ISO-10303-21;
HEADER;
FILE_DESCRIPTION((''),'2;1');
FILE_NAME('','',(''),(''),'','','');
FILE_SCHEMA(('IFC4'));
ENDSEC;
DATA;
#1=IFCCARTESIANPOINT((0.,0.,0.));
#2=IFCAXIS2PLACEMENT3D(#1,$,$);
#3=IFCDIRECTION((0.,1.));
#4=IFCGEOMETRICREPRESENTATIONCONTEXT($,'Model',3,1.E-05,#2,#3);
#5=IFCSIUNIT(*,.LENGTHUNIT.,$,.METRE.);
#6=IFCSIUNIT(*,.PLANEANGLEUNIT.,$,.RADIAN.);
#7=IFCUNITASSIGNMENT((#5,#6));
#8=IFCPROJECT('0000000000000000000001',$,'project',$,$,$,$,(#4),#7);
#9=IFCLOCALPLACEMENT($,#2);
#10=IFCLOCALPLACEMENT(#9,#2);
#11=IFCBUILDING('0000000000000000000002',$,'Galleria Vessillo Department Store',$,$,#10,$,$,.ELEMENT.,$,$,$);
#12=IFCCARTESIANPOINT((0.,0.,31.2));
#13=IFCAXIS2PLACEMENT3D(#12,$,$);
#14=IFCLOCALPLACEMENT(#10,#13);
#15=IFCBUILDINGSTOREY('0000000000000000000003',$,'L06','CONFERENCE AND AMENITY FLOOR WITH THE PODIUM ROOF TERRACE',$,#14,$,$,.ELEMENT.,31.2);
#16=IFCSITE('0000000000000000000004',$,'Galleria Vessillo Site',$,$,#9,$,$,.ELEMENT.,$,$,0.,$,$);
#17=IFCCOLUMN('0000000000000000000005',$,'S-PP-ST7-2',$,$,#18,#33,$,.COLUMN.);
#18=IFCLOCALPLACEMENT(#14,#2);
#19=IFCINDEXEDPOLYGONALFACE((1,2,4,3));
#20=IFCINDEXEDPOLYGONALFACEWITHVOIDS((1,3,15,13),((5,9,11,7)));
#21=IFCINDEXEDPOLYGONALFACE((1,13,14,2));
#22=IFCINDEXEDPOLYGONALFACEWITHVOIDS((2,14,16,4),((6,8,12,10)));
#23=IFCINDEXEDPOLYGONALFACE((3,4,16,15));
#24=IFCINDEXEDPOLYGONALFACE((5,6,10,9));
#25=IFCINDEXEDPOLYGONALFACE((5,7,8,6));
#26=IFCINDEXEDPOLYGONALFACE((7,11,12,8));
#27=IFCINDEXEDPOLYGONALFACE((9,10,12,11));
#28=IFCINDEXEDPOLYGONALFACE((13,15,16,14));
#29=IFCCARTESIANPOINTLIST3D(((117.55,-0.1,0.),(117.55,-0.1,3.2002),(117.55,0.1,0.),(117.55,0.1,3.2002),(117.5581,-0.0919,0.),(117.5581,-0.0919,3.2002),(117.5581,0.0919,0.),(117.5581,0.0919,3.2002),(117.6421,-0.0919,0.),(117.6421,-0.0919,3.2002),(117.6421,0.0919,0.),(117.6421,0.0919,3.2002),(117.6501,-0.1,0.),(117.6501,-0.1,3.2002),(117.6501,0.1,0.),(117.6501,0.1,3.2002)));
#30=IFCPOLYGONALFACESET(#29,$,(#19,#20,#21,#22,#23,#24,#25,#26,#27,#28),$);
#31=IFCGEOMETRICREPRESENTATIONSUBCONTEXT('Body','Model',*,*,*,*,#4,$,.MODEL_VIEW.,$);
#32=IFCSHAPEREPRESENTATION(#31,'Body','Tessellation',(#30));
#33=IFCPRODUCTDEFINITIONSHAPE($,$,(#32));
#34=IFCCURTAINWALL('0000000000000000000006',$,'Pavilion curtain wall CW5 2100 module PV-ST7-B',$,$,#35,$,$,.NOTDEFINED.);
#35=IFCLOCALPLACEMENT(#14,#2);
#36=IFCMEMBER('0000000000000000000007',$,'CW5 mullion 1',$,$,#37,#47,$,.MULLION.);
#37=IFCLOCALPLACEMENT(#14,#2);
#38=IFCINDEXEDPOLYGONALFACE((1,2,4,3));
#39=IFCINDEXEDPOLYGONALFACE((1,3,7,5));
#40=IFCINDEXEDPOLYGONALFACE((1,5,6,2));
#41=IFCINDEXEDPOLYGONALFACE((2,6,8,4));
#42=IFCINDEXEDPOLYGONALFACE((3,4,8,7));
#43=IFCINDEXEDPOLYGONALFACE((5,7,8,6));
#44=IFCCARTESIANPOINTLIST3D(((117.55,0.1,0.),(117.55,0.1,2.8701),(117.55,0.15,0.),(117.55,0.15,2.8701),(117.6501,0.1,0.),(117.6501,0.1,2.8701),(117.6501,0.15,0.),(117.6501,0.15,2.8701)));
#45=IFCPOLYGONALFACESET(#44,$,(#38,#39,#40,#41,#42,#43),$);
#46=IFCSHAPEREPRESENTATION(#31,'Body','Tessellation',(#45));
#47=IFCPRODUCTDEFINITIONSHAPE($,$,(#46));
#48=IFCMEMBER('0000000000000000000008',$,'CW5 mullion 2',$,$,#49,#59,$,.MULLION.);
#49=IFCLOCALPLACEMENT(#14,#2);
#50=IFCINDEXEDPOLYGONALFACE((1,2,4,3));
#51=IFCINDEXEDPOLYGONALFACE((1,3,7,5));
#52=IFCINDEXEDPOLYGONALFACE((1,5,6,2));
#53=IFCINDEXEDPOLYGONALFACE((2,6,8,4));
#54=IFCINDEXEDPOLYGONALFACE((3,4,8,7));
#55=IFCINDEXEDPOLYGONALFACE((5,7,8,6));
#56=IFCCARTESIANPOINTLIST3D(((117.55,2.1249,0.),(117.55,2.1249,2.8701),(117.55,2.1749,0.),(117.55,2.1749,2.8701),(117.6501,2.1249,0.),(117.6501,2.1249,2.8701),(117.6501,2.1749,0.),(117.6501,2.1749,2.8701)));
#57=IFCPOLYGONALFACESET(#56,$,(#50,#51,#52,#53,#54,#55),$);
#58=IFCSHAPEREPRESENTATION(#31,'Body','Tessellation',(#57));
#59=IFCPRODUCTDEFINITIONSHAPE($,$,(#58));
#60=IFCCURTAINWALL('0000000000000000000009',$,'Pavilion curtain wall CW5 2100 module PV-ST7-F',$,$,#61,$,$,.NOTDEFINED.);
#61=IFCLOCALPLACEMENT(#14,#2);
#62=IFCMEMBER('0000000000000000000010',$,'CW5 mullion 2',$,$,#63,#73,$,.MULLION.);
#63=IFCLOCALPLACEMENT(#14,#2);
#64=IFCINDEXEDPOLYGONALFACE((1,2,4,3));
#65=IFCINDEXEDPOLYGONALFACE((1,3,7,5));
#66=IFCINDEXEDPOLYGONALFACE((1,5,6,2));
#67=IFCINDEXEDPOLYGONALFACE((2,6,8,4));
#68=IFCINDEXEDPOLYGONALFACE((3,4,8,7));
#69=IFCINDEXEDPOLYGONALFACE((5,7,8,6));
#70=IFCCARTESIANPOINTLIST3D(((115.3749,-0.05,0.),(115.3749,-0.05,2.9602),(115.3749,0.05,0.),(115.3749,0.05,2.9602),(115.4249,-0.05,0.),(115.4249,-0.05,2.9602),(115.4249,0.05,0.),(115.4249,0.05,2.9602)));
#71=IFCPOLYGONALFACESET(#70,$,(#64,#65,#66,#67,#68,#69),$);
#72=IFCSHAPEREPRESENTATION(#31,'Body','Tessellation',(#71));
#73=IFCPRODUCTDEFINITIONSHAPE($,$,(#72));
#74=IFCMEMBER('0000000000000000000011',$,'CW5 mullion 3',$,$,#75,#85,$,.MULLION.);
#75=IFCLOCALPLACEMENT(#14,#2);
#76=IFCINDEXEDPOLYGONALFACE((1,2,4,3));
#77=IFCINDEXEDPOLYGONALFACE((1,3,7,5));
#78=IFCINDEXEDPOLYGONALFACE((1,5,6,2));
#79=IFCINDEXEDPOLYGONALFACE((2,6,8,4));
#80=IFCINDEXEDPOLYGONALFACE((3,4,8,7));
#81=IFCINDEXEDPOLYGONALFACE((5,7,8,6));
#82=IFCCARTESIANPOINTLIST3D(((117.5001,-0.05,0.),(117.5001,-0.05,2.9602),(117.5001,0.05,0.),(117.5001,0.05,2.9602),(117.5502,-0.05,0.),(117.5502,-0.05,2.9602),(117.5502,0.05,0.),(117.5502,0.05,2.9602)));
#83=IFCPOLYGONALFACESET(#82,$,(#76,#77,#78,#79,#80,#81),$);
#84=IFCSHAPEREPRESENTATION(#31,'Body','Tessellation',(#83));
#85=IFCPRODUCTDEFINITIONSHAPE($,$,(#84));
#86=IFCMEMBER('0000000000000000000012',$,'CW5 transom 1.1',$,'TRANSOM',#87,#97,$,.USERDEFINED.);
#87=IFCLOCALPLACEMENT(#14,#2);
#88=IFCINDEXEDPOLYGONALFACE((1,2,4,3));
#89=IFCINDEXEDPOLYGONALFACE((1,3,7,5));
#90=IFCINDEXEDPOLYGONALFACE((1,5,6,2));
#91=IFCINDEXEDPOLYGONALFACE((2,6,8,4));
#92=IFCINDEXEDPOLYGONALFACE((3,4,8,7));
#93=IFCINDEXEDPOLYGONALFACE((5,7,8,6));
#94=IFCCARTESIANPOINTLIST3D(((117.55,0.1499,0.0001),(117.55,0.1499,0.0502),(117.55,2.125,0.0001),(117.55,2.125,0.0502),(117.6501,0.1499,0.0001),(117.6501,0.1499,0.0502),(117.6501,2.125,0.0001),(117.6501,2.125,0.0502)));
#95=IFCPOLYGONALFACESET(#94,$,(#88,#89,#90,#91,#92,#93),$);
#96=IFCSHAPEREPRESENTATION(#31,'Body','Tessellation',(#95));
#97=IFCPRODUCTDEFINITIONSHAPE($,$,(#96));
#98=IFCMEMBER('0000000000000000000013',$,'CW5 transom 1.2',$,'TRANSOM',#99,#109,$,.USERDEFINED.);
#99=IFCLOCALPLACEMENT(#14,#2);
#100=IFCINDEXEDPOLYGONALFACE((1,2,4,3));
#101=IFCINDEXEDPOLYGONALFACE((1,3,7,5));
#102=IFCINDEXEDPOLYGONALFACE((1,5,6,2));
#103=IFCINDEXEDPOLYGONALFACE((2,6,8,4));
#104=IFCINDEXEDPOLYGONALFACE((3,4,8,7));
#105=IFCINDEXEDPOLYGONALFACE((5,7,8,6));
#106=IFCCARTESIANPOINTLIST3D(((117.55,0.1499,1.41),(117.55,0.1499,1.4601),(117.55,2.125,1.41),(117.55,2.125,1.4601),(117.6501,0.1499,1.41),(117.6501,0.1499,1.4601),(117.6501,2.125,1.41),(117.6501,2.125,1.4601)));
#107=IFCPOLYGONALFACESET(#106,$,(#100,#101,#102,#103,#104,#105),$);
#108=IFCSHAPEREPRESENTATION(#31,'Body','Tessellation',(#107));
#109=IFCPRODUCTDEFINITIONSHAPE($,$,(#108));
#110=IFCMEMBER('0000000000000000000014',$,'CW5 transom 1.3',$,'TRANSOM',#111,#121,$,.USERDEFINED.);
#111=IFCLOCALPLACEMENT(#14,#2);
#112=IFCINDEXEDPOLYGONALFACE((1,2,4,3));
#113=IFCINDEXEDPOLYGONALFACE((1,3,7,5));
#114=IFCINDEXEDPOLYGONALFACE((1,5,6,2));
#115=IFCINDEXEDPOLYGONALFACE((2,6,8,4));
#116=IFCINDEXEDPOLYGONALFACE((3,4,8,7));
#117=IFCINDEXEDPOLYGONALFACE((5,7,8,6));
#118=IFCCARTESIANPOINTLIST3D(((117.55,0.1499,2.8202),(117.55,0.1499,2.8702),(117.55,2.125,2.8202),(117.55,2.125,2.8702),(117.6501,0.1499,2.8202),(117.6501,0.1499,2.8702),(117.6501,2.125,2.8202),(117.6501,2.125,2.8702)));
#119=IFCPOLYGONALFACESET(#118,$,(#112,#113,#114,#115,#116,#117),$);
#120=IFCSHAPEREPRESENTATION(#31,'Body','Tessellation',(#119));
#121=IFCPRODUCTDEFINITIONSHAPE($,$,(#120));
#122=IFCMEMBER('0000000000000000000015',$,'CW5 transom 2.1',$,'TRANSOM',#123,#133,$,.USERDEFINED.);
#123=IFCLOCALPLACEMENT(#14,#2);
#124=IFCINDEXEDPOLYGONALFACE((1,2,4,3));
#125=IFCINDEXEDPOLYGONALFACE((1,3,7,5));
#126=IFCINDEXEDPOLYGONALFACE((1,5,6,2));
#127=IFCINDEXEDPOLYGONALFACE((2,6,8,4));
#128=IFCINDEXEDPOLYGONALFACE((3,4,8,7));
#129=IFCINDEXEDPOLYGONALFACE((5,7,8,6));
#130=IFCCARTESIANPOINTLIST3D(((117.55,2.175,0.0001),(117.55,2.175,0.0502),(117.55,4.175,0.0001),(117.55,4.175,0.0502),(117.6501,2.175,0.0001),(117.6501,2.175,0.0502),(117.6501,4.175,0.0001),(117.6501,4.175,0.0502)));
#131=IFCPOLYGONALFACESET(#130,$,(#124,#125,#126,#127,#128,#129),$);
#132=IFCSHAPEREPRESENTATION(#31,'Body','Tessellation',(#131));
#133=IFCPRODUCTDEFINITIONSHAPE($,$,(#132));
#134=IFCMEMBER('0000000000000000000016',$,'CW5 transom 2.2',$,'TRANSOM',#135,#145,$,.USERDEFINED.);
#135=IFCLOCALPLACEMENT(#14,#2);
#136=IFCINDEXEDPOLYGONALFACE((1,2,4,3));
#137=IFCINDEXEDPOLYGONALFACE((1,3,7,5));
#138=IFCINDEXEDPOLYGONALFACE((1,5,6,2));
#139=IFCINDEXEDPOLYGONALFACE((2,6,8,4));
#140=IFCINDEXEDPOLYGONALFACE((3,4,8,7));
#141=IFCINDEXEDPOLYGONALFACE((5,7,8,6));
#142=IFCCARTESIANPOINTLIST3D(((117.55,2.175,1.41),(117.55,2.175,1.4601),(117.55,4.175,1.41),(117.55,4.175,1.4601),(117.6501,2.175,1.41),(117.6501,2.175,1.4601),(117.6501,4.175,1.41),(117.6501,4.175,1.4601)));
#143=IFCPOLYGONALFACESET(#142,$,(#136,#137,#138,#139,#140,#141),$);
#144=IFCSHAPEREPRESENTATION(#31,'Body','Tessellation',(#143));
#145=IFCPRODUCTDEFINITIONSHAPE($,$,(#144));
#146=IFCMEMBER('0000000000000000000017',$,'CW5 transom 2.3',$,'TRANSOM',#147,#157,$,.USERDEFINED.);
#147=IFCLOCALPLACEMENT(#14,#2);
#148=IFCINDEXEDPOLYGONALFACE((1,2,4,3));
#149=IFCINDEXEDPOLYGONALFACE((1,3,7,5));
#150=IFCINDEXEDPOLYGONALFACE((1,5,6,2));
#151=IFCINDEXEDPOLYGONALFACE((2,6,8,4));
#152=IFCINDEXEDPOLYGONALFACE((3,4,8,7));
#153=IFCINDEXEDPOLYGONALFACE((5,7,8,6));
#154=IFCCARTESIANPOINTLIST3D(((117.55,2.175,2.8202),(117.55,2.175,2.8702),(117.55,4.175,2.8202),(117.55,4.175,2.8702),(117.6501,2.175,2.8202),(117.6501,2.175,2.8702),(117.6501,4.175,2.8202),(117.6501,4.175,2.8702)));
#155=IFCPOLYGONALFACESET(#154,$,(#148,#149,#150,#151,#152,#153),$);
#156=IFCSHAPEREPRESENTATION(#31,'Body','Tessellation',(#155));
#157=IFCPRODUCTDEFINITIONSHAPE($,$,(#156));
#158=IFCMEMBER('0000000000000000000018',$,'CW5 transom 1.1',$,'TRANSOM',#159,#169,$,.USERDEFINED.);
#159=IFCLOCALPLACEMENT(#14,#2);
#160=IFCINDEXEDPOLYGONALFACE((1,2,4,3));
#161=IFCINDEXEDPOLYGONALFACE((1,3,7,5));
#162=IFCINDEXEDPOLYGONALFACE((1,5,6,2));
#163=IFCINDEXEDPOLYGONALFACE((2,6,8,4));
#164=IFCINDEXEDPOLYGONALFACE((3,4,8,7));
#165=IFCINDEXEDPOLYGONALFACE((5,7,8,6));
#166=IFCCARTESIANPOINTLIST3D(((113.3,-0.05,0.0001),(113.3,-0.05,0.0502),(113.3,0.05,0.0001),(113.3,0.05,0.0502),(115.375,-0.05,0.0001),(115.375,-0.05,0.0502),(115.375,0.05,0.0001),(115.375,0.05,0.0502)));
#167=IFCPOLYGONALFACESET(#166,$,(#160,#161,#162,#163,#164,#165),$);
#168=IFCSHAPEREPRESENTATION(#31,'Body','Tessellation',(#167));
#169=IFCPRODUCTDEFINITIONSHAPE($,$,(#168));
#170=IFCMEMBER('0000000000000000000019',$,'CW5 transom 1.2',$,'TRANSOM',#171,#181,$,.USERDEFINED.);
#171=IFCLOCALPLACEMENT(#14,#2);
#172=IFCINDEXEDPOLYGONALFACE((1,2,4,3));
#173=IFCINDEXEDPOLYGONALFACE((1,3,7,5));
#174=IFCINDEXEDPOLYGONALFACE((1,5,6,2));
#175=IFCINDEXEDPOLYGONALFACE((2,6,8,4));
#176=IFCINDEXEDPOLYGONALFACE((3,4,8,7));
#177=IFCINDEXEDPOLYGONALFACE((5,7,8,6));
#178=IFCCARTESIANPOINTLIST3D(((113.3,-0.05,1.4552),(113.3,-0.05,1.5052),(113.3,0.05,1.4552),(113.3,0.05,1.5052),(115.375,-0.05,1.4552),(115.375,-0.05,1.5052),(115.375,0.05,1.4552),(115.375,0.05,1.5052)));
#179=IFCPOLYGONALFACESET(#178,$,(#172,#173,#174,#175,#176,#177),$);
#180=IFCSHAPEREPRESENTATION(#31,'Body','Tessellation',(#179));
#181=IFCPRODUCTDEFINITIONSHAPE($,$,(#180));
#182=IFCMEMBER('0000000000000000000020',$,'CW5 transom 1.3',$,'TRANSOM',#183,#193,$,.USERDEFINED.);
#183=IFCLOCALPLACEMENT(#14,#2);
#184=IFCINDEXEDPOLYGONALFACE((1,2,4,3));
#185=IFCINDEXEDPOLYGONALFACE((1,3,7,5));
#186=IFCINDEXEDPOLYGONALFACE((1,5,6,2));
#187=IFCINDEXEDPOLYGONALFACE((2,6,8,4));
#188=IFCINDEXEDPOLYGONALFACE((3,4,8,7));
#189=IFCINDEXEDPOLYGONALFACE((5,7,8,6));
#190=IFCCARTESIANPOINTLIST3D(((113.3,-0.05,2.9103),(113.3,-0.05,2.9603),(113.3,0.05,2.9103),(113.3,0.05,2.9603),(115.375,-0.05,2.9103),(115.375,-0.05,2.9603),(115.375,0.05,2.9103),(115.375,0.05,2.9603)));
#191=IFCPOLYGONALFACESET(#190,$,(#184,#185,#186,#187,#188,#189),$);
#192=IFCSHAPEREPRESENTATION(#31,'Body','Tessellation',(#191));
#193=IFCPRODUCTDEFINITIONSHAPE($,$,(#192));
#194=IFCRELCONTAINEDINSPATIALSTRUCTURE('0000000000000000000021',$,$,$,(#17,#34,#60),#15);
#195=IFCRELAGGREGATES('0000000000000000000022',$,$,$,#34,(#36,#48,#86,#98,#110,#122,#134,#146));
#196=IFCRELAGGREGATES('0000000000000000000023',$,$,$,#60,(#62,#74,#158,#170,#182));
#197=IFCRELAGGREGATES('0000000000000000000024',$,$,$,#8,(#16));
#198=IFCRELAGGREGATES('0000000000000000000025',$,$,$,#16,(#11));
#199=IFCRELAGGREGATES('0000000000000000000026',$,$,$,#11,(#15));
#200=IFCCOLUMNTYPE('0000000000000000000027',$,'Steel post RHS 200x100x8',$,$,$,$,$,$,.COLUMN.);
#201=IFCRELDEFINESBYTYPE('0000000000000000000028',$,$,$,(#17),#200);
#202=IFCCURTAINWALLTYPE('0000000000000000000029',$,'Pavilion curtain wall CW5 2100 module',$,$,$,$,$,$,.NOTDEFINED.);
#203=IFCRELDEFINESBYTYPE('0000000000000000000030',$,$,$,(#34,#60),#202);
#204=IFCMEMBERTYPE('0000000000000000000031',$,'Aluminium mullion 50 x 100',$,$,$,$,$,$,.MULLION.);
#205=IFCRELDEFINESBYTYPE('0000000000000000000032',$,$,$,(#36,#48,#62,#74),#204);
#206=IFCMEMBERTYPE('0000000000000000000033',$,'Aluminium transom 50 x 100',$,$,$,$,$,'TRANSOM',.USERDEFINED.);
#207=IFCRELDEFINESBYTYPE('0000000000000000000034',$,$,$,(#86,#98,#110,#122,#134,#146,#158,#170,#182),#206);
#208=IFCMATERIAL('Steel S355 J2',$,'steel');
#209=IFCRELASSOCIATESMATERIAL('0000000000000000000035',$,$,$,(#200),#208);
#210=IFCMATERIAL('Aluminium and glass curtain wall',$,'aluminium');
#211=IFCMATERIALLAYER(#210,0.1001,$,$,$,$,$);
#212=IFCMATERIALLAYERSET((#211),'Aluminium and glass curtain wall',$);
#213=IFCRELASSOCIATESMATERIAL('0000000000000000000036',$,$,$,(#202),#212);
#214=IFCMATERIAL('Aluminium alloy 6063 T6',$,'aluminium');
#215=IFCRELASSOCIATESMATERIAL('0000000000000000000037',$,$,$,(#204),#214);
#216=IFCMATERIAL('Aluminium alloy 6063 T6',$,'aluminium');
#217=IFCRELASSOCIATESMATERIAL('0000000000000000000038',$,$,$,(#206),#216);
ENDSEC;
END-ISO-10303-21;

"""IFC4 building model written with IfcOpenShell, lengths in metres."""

from ifc_helpers import new_model, si_unit, direction, frame, origin, origin_2d, place, context, subcontext, project, spatial, rectangle, hollow_rectangle, extrude, material, layer, layer_set, material_profile, profile_set, type_object, element, aggregate, save


model = new_model("IFC4")

# Units and contexts
model_context = context("Model", 3, precision=1e-05, world=origin(), true_north=direction((0.0, 1.0)))
body_context = subcontext(model_context, "Body", "Model", "MODEL_VIEW")
ifc_project = project(units=[si_unit("LENGTHUNIT", "METRE"), si_unit("PLANEANGLEUNIT", "RADIAN")], contexts=[model_context])

# Site, building, storey
site_placement = place(None, origin())
site = spatial("IfcSite", under=ifc_project, at=site_placement, Name="Galleria Vessillo Site", CompositionType="ELEMENT", RefElevation=0.0)
building_placement = place(site_placement, origin())
building = spatial("IfcBuilding", under=site, at=building_placement, Name="Galleria Vessillo Department Store", CompositionType="ELEMENT")
storey_placement = place(building_placement, frame((0.0, 0.0, 31.2)))
storey = spatial("IfcBuildingStorey", under=building, at=storey_placement, Name="L06", Description="CONFERENCE AND AMENITY FLOOR WITH THE PODIUM ROOF TERRACE", CompositionType="ELEMENT", Elevation=31.2)

# Column
ifc_material_1 = material(Name="Steel S355 J2", Category="steel")
ifc_material_profile_1 = material_profile(ifc_material_1, hollow_rectangle(XDim=0.1001, YDim=0.2, WallThickness=0.0081, at=origin_2d()), Name="RHS 200x100x8")
ifc_profile_set_1 = profile_set([ifc_material_profile_1], Name="Steel S355 J2")
column_type = type_object("IfcColumnType", Name="Steel post RHS 200x100x8", PredefinedType="COLUMN", material=ifc_profile_set_1)
column_placement = place(storey_placement, frame((117.6001, 0.0, 0.0), z_axis=(0.0, 0.0, 1.0), x_axis=(1.0, 0.0, 0.0)))
element("IfcColumn", 1, at=column_placement, inside=storey, type_object=column_type, Name="S-PP-ST7-2", PredefinedType="COLUMN", context=body_context, shape_type="SweptSolid", body=[
    extrude(hollow_rectangle(XDim=0.1001, YDim=0.2, WallThickness=0.0081, at=origin_2d()), origin(), (0.0, 0.0, 1.0), 3.2002),
])

# Curtain walls, members
ifc_material_2 = material(Name="Aluminium and glass curtain wall", Category="aluminium")
ifc_layer_1 = layer(ifc_material_2, 0.1001)
ifc_layer_set_1 = layer_set([ifc_layer_1], Name="Aluminium and glass curtain wall")
curtain_wall_type = type_object("IfcCurtainWallType", Name="Pavilion curtain wall CW5 2100 module", PredefinedType="NOTDEFINED", material=ifc_layer_set_1)
curtain_wall_1_placement = place(storey_placement, origin())
curtain_wall_1 = element("IfcCurtainWall", 2, at=curtain_wall_1_placement, inside=storey, type_object=curtain_wall_type, Name="Pavilion curtain wall CW5 2100 module PV-ST7-B", PredefinedType="NOTDEFINED")
ifc_material_3 = material(Name="Aluminium alloy 6063 T6", Category="aluminium")
ifc_material_profile_2 = material_profile(ifc_material_3, rectangle(XDim=0.1001, YDim=0.05, at=origin_2d()), Name="AL 50x100")
ifc_profile_set_2 = profile_set([ifc_material_profile_2], Name="Aluminium alloy 6063 T6")
member_type_1 = type_object("IfcMemberType", Name="Aluminium mullion 50 x 100", PredefinedType="MULLION", material=ifc_profile_set_2)
member_1_placement = place(storey_placement, frame((117.6001, 0.125, 0.0), z_axis=(0.0, 0.0, 1.0), x_axis=(-1.0, 0.0, 0.0)))
member_1 = element("IfcMember", 3, at=member_1_placement, type_object=member_type_1, Name="CW5 mullion 1", PredefinedType="MULLION", context=body_context, shape_type="SweptSolid", body=[
    extrude(rectangle(XDim=0.1001, YDim=0.05, at=origin_2d()), origin(), (0.0, 0.0, 1.0), 2.8701),
])
member_2_placement = place(storey_placement, frame((117.6001, 2.1499, 0.0), z_axis=(0.0, 0.0, 1.0), x_axis=(-1.0, 0.0, 0.0)))
member_2 = element("IfcMember", 4, at=member_2_placement, type_object=member_type_1, Name="CW5 mullion 2", PredefinedType="MULLION", context=body_context, shape_type="SweptSolid", body=[
    extrude(rectangle(XDim=0.1001, YDim=0.05, at=origin_2d()), origin(), (0.0, 0.0, 1.0), 2.8701),
])
curtain_wall_2_placement = place(storey_placement, origin())
curtain_wall_2 = element("IfcCurtainWall", 5, at=curtain_wall_2_placement, inside=storey, type_object=curtain_wall_type, Name="Pavilion curtain wall CW5 2100 module PV-ST7-F", PredefinedType="NOTDEFINED")
member_3_placement = place(storey_placement, frame((115.3999, 0.0, 0.0), z_axis=(0.0, 0.0, 1.0), x_axis=(0.0, 1.0, 0.0)))
member_3 = element("IfcMember", 6, at=member_3_placement, type_object=member_type_1, Name="CW5 mullion 2", PredefinedType="MULLION", context=body_context, shape_type="SweptSolid", body=[
    extrude(rectangle(XDim=0.1001, YDim=0.05, at=origin_2d()), origin(), (0.0, 0.0, 1.0), 2.9602),
])
member_4_placement = place(storey_placement, frame((117.5251, 0.0, 0.0), z_axis=(0.0, 0.0, 1.0), x_axis=(0.0, 1.0, 0.0)))
member_4 = element("IfcMember", 7, at=member_4_placement, type_object=member_type_1, Name="CW5 mullion 3", PredefinedType="MULLION", context=body_context, shape_type="SweptSolid", body=[
    extrude(rectangle(XDim=0.1001, YDim=0.05, at=origin_2d()), origin(), (0.0, 0.0, 1.0), 2.9602),
])

# Members
ifc_material_4 = material(Name="Aluminium alloy 6063 T6", Category="aluminium")
ifc_material_profile_3 = material_profile(ifc_material_4, rectangle(XDim=0.1001, YDim=0.05, at=origin_2d()), Name="AL 50x100")
ifc_profile_set_3 = profile_set([ifc_material_profile_3], Name="Aluminium alloy 6063 T6")
member_type_2 = type_object("IfcMemberType", Name="Aluminium transom 50 x 100", ElementType="TRANSOM", PredefinedType="USERDEFINED", material=ifc_profile_set_3)
member_5_placement = place(storey_placement, frame((117.6001, 0.1499, 0.0251), z_axis=(0.0, 1.0, 0.0), x_axis=(-1.0, 0.0, 0.0)))
member_5 = element("IfcMember", 8, at=member_5_placement, type_object=member_type_2, Name="CW5 transom 1.1", ObjectType="TRANSOM", PredefinedType="USERDEFINED", context=body_context, shape_type="SweptSolid", body=[
    extrude(rectangle(XDim=0.1001, YDim=0.05, at=origin_2d()), origin(), (0.0, 0.0, 1.0), 1.9751),
])
member_6_placement = place(storey_placement, frame((117.6001, 0.1499, 1.4351), z_axis=(0.0, 1.0, 0.0), x_axis=(-1.0, 0.0, 0.0)))
member_6 = element("IfcMember", 9, at=member_6_placement, type_object=member_type_2, Name="CW5 transom 1.2", ObjectType="TRANSOM", PredefinedType="USERDEFINED", context=body_context, shape_type="SweptSolid", body=[
    extrude(rectangle(XDim=0.1001, YDim=0.05, at=origin_2d()), origin(), (0.0, 0.0, 1.0), 1.9751),
])
member_7_placement = place(storey_placement, frame((117.6001, 0.1499, 2.8452), z_axis=(0.0, 1.0, 0.0), x_axis=(-1.0, 0.0, 0.0)))
member_7 = element("IfcMember", 10, at=member_7_placement, type_object=member_type_2, Name="CW5 transom 1.3", ObjectType="TRANSOM", PredefinedType="USERDEFINED", context=body_context, shape_type="SweptSolid", body=[
    extrude(rectangle(XDim=0.1001, YDim=0.05, at=origin_2d()), origin(), (0.0, 0.0, 1.0), 1.9751),
])
member_8_placement = place(storey_placement, frame((117.6001, 2.175, 0.0251), z_axis=(0.0, 1.0, 0.0), x_axis=(-1.0, 0.0, 0.0)))
member_8 = element("IfcMember", 11, at=member_8_placement, type_object=member_type_2, Name="CW5 transom 2.1", ObjectType="TRANSOM", PredefinedType="USERDEFINED", context=body_context, shape_type="SweptSolid", body=[
    extrude(rectangle(XDim=0.1001, YDim=0.05, at=origin_2d()), origin(), (0.0, 0.0, 1.0), 2.0),
])
member_9_placement = place(storey_placement, frame((117.6001, 2.175, 1.4351), z_axis=(0.0, 1.0, 0.0), x_axis=(-1.0, 0.0, 0.0)))
member_9 = element("IfcMember", 12, at=member_9_placement, type_object=member_type_2, Name="CW5 transom 2.2", ObjectType="TRANSOM", PredefinedType="USERDEFINED", context=body_context, shape_type="SweptSolid", body=[
    extrude(rectangle(XDim=0.1001, YDim=0.05, at=origin_2d()), origin(), (0.0, 0.0, 1.0), 2.0),
])
member_10_placement = place(storey_placement, frame((117.6001, 2.175, 2.8452), z_axis=(0.0, 1.0, 0.0), x_axis=(-1.0, 0.0, 0.0)))
member_10 = element("IfcMember", 13, at=member_10_placement, type_object=member_type_2, Name="CW5 transom 2.3", ObjectType="TRANSOM", PredefinedType="USERDEFINED", context=body_context, shape_type="SweptSolid", body=[
    extrude(rectangle(XDim=0.1001, YDim=0.05, at=origin_2d()), origin(), (0.0, 0.0, 1.0), 2.0),
])
member_11_placement = place(storey_placement, frame((113.3, 0.0, 0.0251), z_axis=(1.0, 0.0, 0.0), x_axis=(0.0, 1.0, 0.0)))
member_11 = element("IfcMember", 14, at=member_11_placement, type_object=member_type_2, Name="CW5 transom 1.1", ObjectType="TRANSOM", PredefinedType="USERDEFINED", context=body_context, shape_type="SweptSolid", body=[
    extrude(rectangle(XDim=0.1001, YDim=0.05, at=origin_2d()), origin(), (0.0, 0.0, 1.0), 2.075),
])
member_12_placement = place(storey_placement, frame((113.3, 0.0, 1.4802), z_axis=(1.0, 0.0, 0.0), x_axis=(0.0, 1.0, 0.0)))
member_12 = element("IfcMember", 15, at=member_12_placement, type_object=member_type_2, Name="CW5 transom 1.2", ObjectType="TRANSOM", PredefinedType="USERDEFINED", context=body_context, shape_type="SweptSolid", body=[
    extrude(rectangle(XDim=0.1001, YDim=0.05, at=origin_2d()), origin(), (0.0, 0.0, 1.0), 2.075),
])
member_13_placement = place(storey_placement, frame((113.3, 0.0, 2.9353), z_axis=(1.0, 0.0, 0.0), x_axis=(0.0, 1.0, 0.0)))
member_13 = element("IfcMember", 16, at=member_13_placement, type_object=member_type_2, Name="CW5 transom 1.3", ObjectType="TRANSOM", PredefinedType="USERDEFINED", context=body_context, shape_type="SweptSolid", body=[
    extrude(rectangle(XDim=0.1001, YDim=0.05, at=origin_2d()), origin(), (0.0, 0.0, 1.0), 2.075),
])

aggregate(curtain_wall_1, [member_1, member_2, member_5, member_6, member_7, member_8, member_9, member_10])
aggregate(curtain_wall_2, [member_3, member_4, member_11, member_12, member_13])

save(model, "model.ifc")
